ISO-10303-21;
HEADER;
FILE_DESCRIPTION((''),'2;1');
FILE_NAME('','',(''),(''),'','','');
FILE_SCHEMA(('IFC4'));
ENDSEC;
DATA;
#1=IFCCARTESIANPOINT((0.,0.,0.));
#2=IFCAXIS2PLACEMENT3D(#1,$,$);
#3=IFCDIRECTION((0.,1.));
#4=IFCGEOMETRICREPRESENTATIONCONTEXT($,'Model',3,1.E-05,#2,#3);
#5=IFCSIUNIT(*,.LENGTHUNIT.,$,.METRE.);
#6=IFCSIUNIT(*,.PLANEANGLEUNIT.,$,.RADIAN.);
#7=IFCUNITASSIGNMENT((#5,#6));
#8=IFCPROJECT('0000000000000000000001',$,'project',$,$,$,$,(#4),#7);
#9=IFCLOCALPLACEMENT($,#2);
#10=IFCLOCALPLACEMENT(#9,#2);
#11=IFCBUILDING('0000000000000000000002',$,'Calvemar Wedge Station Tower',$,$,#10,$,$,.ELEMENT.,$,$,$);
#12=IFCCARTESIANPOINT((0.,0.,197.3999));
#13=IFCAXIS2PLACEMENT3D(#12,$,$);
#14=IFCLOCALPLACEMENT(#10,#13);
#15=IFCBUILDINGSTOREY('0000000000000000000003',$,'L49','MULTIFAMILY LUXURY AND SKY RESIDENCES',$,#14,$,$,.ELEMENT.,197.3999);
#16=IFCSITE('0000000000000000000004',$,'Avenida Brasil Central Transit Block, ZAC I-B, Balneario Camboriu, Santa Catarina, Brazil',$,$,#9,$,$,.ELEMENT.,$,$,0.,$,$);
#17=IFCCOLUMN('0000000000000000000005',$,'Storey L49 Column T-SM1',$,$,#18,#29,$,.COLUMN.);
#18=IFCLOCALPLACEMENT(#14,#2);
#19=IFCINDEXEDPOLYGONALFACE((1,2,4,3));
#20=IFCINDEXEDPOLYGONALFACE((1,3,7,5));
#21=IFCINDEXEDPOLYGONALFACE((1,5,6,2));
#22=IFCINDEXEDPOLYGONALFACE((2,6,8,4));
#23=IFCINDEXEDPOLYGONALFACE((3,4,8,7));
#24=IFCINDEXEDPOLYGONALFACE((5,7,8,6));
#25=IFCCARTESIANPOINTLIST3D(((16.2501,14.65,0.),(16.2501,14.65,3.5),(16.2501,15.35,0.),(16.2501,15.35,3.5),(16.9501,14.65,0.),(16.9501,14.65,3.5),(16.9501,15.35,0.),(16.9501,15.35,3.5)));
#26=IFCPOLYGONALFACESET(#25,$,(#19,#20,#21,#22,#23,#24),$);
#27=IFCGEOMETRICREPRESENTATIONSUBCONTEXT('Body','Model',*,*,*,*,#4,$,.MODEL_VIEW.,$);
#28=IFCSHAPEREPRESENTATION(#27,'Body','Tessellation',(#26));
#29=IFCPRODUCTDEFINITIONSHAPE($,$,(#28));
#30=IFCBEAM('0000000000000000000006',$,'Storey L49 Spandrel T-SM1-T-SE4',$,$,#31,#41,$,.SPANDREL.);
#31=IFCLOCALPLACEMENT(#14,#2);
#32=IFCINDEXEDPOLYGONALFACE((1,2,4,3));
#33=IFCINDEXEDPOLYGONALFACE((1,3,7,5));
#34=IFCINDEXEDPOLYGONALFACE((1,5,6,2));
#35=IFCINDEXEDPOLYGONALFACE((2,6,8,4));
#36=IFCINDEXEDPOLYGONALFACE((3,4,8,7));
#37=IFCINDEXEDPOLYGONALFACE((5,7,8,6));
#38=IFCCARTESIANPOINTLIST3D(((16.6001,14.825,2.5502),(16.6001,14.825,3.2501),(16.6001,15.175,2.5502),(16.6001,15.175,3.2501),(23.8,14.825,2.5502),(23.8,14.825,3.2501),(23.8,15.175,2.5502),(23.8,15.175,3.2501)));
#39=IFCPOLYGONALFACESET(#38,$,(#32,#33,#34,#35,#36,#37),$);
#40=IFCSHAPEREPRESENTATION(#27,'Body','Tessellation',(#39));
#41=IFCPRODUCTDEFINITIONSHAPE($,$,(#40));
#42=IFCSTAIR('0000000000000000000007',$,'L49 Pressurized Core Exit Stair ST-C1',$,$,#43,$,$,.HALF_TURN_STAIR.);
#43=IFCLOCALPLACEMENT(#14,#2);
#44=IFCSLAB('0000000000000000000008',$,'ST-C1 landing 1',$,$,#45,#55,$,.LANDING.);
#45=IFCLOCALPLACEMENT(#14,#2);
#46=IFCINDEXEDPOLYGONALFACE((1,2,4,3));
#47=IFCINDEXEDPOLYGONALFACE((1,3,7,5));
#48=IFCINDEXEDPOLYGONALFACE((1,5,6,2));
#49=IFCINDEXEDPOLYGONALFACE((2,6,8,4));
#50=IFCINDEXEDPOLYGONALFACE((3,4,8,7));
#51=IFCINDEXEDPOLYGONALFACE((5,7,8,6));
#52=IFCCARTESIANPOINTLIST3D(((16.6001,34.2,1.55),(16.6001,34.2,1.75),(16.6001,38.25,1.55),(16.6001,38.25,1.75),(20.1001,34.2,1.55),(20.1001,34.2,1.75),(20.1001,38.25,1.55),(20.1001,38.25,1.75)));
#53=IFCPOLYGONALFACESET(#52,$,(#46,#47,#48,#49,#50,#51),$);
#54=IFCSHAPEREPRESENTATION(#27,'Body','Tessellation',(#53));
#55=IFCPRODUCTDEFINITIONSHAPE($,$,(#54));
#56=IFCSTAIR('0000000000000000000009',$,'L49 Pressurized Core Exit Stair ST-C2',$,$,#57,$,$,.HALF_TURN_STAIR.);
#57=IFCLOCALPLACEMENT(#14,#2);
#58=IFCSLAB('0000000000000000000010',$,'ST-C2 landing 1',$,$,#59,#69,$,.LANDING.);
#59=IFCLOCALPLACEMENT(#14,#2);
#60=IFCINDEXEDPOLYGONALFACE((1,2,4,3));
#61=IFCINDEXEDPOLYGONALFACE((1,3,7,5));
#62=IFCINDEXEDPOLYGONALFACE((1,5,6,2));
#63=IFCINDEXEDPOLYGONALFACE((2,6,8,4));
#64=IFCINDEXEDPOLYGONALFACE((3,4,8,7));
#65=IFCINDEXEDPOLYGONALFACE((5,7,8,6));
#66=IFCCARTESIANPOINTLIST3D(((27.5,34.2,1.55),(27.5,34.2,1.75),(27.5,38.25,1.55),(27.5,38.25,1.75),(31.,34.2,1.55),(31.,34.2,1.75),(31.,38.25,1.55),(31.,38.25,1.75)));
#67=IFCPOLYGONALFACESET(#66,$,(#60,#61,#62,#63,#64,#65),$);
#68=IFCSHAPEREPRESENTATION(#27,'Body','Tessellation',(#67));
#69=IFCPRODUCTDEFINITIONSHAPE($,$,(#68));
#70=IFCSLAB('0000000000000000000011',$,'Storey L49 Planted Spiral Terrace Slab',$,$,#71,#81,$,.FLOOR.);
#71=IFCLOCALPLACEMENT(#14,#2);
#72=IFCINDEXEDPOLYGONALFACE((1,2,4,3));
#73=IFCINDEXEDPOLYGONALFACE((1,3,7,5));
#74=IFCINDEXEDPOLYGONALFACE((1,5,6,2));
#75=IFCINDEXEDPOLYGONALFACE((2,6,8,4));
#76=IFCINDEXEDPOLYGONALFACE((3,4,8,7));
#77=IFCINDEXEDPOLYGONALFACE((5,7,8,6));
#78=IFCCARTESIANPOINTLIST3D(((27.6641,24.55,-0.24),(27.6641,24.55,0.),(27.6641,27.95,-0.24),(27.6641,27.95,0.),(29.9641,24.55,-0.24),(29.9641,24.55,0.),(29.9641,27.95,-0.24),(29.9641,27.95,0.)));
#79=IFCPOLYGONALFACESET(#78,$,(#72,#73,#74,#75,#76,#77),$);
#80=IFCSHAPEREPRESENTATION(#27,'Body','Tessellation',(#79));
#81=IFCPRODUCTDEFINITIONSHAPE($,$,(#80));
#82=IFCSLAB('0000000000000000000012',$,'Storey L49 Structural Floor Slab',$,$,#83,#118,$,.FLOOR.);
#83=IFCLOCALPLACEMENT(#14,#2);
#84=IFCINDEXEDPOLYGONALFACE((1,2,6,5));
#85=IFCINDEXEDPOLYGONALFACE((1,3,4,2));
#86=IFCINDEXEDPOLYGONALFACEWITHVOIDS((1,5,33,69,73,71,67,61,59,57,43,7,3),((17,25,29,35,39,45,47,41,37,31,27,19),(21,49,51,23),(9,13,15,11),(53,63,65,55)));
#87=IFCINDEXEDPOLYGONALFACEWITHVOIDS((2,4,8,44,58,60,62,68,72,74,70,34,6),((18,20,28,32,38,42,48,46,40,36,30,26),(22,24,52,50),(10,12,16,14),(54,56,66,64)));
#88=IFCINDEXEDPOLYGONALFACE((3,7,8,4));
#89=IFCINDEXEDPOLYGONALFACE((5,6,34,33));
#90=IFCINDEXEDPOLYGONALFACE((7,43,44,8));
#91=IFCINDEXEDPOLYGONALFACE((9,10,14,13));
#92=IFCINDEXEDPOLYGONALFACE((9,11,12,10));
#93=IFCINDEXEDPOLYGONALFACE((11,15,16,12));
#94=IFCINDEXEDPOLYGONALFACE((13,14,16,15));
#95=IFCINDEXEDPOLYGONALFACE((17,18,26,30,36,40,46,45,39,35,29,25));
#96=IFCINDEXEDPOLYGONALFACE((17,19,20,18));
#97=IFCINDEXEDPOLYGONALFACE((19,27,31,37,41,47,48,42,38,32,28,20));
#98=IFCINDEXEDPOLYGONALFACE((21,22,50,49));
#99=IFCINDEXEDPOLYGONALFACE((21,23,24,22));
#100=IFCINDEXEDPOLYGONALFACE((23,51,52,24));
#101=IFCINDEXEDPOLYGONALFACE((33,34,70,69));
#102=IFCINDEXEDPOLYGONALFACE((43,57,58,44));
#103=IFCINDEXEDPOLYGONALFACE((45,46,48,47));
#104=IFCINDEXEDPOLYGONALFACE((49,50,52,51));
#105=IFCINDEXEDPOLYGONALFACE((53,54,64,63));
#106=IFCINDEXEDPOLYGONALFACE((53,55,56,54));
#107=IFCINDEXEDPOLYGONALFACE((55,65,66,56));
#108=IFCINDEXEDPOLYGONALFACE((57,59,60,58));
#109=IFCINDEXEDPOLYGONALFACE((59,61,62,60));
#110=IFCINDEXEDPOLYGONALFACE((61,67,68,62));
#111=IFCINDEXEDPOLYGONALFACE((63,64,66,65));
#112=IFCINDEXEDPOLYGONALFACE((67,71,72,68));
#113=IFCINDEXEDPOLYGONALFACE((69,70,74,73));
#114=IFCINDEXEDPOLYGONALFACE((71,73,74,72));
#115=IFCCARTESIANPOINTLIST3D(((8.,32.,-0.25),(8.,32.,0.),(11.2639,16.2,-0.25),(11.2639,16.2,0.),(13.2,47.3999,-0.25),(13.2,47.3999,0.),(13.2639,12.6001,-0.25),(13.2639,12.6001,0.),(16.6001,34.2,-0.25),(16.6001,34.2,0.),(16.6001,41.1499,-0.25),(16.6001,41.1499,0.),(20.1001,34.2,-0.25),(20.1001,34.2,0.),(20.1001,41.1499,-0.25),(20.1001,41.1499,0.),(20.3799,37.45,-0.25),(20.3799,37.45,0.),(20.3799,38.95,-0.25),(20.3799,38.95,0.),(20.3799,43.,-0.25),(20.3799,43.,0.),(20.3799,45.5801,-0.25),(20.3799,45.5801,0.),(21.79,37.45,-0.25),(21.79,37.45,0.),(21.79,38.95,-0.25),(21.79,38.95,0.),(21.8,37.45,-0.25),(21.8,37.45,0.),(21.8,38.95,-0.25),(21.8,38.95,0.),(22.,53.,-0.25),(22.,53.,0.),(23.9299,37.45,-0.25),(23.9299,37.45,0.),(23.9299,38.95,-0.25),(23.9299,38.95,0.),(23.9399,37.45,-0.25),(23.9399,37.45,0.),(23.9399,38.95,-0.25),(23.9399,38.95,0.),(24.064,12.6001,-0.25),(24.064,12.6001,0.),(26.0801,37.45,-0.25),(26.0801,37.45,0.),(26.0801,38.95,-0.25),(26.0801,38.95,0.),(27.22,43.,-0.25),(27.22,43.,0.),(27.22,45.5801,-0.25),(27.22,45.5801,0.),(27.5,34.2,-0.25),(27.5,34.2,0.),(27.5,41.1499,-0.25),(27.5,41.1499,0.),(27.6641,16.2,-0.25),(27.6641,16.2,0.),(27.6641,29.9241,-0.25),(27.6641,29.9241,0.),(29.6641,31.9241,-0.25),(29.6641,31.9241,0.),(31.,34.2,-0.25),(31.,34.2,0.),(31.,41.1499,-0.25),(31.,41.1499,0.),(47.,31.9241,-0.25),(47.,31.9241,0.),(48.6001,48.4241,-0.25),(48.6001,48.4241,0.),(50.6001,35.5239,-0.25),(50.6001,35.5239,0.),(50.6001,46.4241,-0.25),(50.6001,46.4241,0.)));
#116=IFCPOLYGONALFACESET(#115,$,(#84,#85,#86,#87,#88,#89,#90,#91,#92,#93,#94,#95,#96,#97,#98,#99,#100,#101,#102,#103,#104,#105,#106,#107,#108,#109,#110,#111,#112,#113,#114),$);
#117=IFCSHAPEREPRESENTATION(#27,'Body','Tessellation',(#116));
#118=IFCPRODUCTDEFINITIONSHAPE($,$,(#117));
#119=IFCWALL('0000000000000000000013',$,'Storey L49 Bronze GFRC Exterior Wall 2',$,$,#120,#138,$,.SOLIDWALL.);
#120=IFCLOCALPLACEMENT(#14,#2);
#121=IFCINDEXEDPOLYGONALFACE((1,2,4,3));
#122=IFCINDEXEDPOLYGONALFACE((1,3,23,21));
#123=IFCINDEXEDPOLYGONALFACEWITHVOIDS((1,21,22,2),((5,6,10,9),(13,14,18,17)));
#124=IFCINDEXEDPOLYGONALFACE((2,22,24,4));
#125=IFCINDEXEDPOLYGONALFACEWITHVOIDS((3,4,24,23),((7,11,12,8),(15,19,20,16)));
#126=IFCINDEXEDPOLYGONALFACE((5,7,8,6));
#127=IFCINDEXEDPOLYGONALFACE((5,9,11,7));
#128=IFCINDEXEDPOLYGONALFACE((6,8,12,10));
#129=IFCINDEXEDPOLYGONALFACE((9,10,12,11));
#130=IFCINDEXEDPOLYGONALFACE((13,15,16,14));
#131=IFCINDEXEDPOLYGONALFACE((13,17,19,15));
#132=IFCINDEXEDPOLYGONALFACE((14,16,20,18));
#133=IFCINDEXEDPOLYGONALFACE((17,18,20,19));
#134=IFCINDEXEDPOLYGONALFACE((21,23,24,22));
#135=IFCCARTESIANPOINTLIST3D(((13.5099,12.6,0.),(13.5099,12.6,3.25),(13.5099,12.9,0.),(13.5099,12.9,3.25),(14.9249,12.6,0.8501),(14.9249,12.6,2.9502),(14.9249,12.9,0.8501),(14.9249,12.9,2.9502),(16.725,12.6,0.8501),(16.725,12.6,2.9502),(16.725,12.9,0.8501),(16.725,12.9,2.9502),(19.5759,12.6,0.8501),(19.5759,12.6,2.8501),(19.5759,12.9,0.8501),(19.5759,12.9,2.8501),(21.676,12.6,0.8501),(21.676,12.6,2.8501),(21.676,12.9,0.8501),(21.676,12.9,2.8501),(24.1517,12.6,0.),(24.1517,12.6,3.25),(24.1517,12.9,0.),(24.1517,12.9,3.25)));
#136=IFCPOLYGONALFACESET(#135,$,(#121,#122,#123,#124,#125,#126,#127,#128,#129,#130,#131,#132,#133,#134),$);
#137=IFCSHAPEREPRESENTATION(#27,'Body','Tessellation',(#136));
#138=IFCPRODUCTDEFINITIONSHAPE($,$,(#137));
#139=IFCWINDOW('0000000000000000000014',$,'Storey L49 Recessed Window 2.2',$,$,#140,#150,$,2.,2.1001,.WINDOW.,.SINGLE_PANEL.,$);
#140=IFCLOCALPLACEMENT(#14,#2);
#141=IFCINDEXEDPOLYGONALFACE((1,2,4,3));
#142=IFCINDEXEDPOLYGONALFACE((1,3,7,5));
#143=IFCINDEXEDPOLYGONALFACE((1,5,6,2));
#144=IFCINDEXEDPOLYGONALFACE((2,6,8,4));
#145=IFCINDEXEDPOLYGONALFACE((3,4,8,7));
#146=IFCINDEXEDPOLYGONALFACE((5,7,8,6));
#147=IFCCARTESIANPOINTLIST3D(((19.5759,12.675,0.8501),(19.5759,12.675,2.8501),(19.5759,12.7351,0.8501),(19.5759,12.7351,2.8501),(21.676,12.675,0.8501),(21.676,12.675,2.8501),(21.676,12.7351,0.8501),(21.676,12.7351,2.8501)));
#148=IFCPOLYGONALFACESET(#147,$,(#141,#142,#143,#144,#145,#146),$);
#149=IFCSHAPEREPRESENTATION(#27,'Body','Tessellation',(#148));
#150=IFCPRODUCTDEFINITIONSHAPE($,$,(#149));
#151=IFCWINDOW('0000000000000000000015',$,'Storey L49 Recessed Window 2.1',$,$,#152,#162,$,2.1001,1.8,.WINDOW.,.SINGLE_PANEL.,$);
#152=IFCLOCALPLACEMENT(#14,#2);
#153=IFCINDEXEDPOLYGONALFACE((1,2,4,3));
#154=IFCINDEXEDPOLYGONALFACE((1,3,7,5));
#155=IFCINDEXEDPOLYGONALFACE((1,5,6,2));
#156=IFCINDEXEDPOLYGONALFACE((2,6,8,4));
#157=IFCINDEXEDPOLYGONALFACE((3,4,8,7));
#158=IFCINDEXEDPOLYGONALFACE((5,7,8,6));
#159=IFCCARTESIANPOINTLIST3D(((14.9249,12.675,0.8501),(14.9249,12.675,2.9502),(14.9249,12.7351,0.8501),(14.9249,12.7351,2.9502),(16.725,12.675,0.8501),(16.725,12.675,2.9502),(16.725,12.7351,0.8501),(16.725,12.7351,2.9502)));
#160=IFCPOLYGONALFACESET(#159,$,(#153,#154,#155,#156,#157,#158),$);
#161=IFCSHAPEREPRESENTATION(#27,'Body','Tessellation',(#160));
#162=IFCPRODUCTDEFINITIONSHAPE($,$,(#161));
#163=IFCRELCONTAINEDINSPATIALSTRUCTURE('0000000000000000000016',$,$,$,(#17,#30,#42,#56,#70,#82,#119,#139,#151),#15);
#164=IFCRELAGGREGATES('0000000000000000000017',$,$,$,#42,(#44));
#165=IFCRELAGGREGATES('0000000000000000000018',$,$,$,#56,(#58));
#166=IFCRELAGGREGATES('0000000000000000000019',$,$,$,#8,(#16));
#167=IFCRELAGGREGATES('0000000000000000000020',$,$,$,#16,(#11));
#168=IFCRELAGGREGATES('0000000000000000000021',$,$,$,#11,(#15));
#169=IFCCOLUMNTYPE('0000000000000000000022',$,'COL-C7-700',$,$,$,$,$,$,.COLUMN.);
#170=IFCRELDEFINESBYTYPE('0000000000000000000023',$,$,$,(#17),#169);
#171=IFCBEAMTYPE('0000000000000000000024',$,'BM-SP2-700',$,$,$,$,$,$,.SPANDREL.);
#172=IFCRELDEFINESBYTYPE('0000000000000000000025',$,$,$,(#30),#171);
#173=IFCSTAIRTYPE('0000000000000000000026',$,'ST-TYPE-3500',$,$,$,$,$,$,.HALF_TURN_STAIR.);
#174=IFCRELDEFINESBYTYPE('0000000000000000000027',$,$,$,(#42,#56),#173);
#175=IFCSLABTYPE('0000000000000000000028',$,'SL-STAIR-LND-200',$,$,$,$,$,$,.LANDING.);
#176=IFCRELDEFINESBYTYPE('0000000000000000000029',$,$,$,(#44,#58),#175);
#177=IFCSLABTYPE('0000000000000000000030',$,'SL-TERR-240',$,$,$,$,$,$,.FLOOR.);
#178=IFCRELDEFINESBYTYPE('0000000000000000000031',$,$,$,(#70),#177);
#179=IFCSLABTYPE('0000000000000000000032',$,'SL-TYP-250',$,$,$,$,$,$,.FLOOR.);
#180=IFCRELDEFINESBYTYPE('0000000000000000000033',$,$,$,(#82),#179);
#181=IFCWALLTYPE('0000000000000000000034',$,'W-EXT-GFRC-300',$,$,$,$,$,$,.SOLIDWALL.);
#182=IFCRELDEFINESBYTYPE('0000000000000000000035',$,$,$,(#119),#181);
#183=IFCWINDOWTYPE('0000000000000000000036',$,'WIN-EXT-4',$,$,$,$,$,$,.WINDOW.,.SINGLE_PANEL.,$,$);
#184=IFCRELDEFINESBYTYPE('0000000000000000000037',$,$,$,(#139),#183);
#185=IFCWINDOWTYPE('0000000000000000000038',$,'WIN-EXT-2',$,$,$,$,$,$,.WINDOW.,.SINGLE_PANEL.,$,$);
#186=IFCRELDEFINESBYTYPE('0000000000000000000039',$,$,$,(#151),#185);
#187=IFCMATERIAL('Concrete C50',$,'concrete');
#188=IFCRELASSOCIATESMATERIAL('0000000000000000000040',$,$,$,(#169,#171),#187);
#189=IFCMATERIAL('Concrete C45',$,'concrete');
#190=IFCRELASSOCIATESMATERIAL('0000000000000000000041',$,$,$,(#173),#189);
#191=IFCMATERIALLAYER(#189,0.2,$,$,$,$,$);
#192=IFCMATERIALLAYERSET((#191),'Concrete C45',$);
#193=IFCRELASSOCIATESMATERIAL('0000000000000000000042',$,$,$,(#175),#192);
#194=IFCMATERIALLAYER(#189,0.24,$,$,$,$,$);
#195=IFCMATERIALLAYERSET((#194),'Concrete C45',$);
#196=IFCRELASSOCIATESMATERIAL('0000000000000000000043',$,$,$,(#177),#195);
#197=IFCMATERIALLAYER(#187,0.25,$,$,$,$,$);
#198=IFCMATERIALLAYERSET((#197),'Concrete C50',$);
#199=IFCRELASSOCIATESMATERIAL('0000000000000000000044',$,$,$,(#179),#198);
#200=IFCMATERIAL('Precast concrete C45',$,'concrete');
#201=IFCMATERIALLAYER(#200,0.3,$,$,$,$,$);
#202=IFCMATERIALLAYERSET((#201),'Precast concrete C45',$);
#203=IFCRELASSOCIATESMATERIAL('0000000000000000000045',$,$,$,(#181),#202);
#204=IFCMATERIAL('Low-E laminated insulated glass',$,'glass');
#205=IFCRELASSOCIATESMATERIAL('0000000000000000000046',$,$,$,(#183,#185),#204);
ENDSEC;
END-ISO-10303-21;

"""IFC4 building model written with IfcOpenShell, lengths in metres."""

from ifc_helpers import new_model, si_unit, direction, frame, frame_2d, origin, origin_2d, place, context, subcontext, project, spatial, polyline, rectangle, outline, extrude, source, transform, mapped, material, layer, layer_set, material_profile, profile_set, type_object, element, fill, aggregate, save


model = new_model("IFC4")

# Units and contexts
model_context = context("Model", 3, precision=1e-05, world=origin(), true_north=direction((0.0, 1.0)))
body_context = subcontext(model_context, "Body", "Model", "MODEL_VIEW")
ifc_project = project(units=[si_unit("LENGTHUNIT", "METRE"), si_unit("PLANEANGLEUNIT", "RADIAN")], contexts=[model_context])

# Site, building, storey
site_placement = place(None, origin())
site = spatial("IfcSite", under=ifc_project, at=site_placement, Name="Avenida Brasil Central Transit Block, ZAC I-B, Balneario Camboriu, Santa Catarina, Brazil", CompositionType="ELEMENT", RefElevation=0.0)
building_placement = place(site_placement, origin())
building = spatial("IfcBuilding", under=site, at=building_placement, Name="Calvemar Wedge Station Tower", CompositionType="ELEMENT")
storey_placement = place(building_placement, frame((0.0, 0.0, 197.3999)))
storey = spatial("IfcBuildingStorey", under=building, at=storey_placement, Name="L49", Description="MULTIFAMILY LUXURY AND SKY RESIDENCES", CompositionType="ELEMENT", Elevation=197.3999)

# Column
ifc_material_1 = material(Name="Concrete C50", Category="concrete")
ifc_material_profile_1 = material_profile(ifc_material_1, rectangle(XDim=0.7, YDim=0.7, at=origin_2d()), Name="RC700x700")
ifc_profile_set_1 = profile_set([ifc_material_profile_1], Name="Concrete C50")
column_type = type_object("IfcColumnType", Name="COL-C7-700", PredefinedType="COLUMN", material=ifc_profile_set_1)
shared_shape_1 = source(origin(), body_context, "Body", "SweptSolid", [
    extrude(rectangle(XDim=0.7, YDim=0.7, at=origin_2d()), origin(), (0.0, 0.0, 1.0), 3.5),
])
column_placement = place(storey_placement, frame((16.6001, 15.0, 0.0), z_axis=(0.0, 0.0, 1.0), x_axis=(1.0, 0.0, 0.0)))
element("IfcColumn", 1, at=column_placement, inside=storey, type_object=column_type, Name="Storey L49 Column T-SM1", PredefinedType="COLUMN", context=body_context, shape_type="MappedRepresentation", body=[
    mapped(shared_shape_1, transform((0.0, 0.0, 0.0), scale=1.0)),
])

# Beam
ifc_material_profile_2 = material_profile(ifc_material_1, rectangle(XDim=0.3501, YDim=0.7, at=origin_2d()), Name="RC350x700")
ifc_profile_set_2 = profile_set([ifc_material_profile_2], Name="Concrete C50")
beam_type = type_object("IfcBeamType", Name="BM-SP2-700", PredefinedType="SPANDREL", material=ifc_profile_set_2)
shared_shape_2 = source(origin(), body_context, "Body", "SweptSolid", [
    extrude(rectangle(XDim=0.3501, YDim=0.7, at=origin_2d()), origin(), (0.0, 0.0, 1.0), 7.2),
])
beam_placement = place(storey_placement, frame((16.6001, 15.0, 2.9001), z_axis=(1.0, 0.0, 0.0), x_axis=(0.0, 1.0, 0.0)))
element("IfcBeam", 2, at=beam_placement, inside=storey, type_object=beam_type, Name="Storey L49 Spandrel T-SM1-T-SE4", PredefinedType="SPANDREL", context=body_context, shape_type="MappedRepresentation", body=[
    mapped(shared_shape_2, transform((0.0, 0.0, 0.0), scale=1.0)),
])

# Stairs, slabs
ifc_material_2 = material(Name="Concrete C45", Category="concrete")
stair_type = type_object("IfcStairType", Name="ST-TYPE-3500", PredefinedType="HALF_TURN_STAIR", material=ifc_material_2)
stair_1_placement = place(storey_placement, origin())
stair_1 = element("IfcStair", 3, at=stair_1_placement, inside=storey, type_object=stair_type, Name="L49 Pressurized Core Exit Stair ST-C1", PredefinedType="HALF_TURN_STAIR")
ifc_layer_1 = layer(ifc_material_2, 0.2)
ifc_layer_set_1 = layer_set([ifc_layer_1], Name="Concrete C45")
slab_type_1 = type_object("IfcSlabType", Name="SL-STAIR-LND-200", PredefinedType="LANDING", material=ifc_layer_set_1)
slab_1_placement = place(storey_placement, frame((0.0, 0.0, 1.55)))
slab_1 = element("IfcSlab", 4, at=slab_1_placement, type_object=slab_type_1, Name="ST-C1 landing 1", PredefinedType="LANDING", context=body_context, shape_type="SweptSolid", body=[
    extrude(outline(polyline([(16.6001, 38.25), (16.6001, 34.2), (20.1001, 34.2), (20.1001, 38.25), (16.6001, 38.25)])), origin(), (0.0, 0.0, 1.0), 0.2),
])
aggregate(stair_1, [slab_1])
stair_2_placement = place(storey_placement, origin())
stair_2 = element("IfcStair", 5, at=stair_2_placement, inside=storey, type_object=stair_type, Name="L49 Pressurized Core Exit Stair ST-C2", PredefinedType="HALF_TURN_STAIR")
slab_2_placement = place(storey_placement, frame((0.0, 0.0, 1.55)))
slab_2 = element("IfcSlab", 6, at=slab_2_placement, type_object=slab_type_1, Name="ST-C2 landing 1", PredefinedType="LANDING", context=body_context, shape_type="SweptSolid", body=[
    extrude(outline(polyline([(27.5, 38.25), (27.5, 34.2), (31.0, 34.2), (31.0, 38.25), (27.5, 38.25)])), origin(), (0.0, 0.0, 1.0), 0.2),
])
aggregate(stair_2, [slab_2])

# Slabs
ifc_layer_2 = layer(ifc_material_2, 0.24)
ifc_layer_set_2 = layer_set([ifc_layer_2], Name="Concrete C45")
slab_type_2 = type_object("IfcSlabType", Name="SL-TERR-240", PredefinedType="FLOOR", material=ifc_layer_set_2)
slab_3_placement = place(storey_placement, frame((0.0, 0.0, -0.24)))
element("IfcSlab", 7, at=slab_3_placement, inside=storey, type_object=slab_type_2, Name="Storey L49 Planted Spiral Terrace Slab", PredefinedType="FLOOR", context=body_context, shape_type="SweptSolid", body=[
    extrude(outline(polyline([(27.6641, 24.55), (29.9641, 24.55), (29.9641, 27.95), (27.6641, 27.95), (27.6641, 24.55)])), origin(), (0.0, 0.0, 1.0), 0.24),
])
ifc_layer_3 = layer(ifc_material_1, 0.25)
ifc_layer_set_3 = layer_set([ifc_layer_3], Name="Concrete C50")
slab_type_3 = type_object("IfcSlabType", Name="SL-TYP-250", PredefinedType="FLOOR", material=ifc_layer_set_3)
slab_4_placement = place(storey_placement, frame((0.0, 0.0, -0.25)))
element("IfcSlab", 8, at=slab_4_placement, inside=storey, type_object=slab_type_3, Name="Storey L49 Structural Floor Slab", PredefinedType="FLOOR", context=body_context, shape_type="SweptSolid", body=[
    extrude(outline(polyline([(8.0, 32.0), (11.2639, 16.2), (13.2639, 12.6001), (24.064, 12.6001), (27.6641, 16.2), (27.6641, 29.9241), (29.6641, 31.9241), (47.0, 31.9241), (50.6001, 35.5239), (50.6001, 46.4241), (48.6001, 48.4241), (22.0, 53.0), (13.2, 47.3999), (8.0, 32.0)]), holes=[polyline([(20.1001, 34.2), (20.1001, 41.1499), (16.6001, 41.1499), (16.6001, 34.2), (20.1001, 34.2)]), polyline([(27.5, 34.2), (31.0, 34.2), (31.0, 41.1499), (27.5, 41.1499), (27.5, 34.2)]), polyline([(21.8, 37.45), (23.9299, 37.45), (23.9399, 37.45), (26.0801, 37.45), (26.0801, 38.95), (23.9399, 38.95), (23.9299, 38.95), (21.8, 38.95), (21.79, 38.95), (20.3799, 38.95), (20.3799, 37.45), (21.79, 37.45), (21.8, 37.45)]), polyline([(27.22, 43.0), (27.22, 45.5801), (20.3799, 45.5801), (20.3799, 43.0), (27.22, 43.0)])]), origin(), (0.0, 0.0, 1.0), 0.25),
])

# Wall, openings, windows
ifc_material_3 = material(Name="Precast concrete C45", Category="concrete")
ifc_layer_4 = layer(ifc_material_3, 0.3)
ifc_layer_set_4 = layer_set([ifc_layer_4], Name="Precast concrete C45")
wall_type_1 = type_object("IfcWallType", Name="W-EXT-GFRC-300", PredefinedType="SOLIDWALL", material=ifc_layer_set_4)
wall_1_placement = place(storey_placement, frame((13.51, 12.75, 0.0), z_axis=(0.0, 0.0, 1.0), x_axis=(1.0, 0.0, 0.0)))
wall_1 = element("IfcWall", 9, at=wall_1_placement, inside=storey, type_object=wall_type_1, Name="Storey L49 Bronze GFRC Exterior Wall 2", PredefinedType="SOLIDWALL", context=body_context, shape_type="SweptSolid", body=[
    extrude(rectangle(XDim=10.6418, YDim=0.3, at=frame_2d((5.3208, 0.0))), origin(), (0.0, 0.0, 1.0), 3.25),
])
shared_shape_3 = source(origin(), body_context, "Body", "SweptSolid", [
    extrude(rectangle(XDim=1.8, YDim=2.1001, at=frame_2d((0.8999, 1.05))), frame((0.0, 0.1602, 0.0), z_axis=(0.0, -1.0, 0.0), x_axis=(1.0, 0.0, 0.0)), (0.0, 0.0, 1.0), 0.3201),
])
opening_1_placement = place(wall_1_placement, frame((1.415, 0.0, 0.8501)))
opening_1 = element("IfcOpeningElement", 10, at=opening_1_placement, cuts=wall_1, PredefinedType="OPENING", context=body_context, shape_type="MappedRepresentation", body=[
    mapped(shared_shape_3, transform((0.0, 0.0, 0.0), scale=1.0)),
])
shared_shape_4 = source(origin(), body_context, "Body", "SweptSolid", [
    extrude(rectangle(XDim=2.1001, YDim=2.0, at=frame_2d((1.05, 1.0))), frame((0.0, 0.1602, 0.0), z_axis=(0.0, -1.0, 0.0), x_axis=(1.0, 0.0, 0.0)), (0.0, 0.0, 1.0), 0.3201),
])
opening_2_placement = place(wall_1_placement, frame((6.0659, 0.0, 0.8501)))
opening_2 = element("IfcOpeningElement", 11, at=opening_2_placement, cuts=wall_1, PredefinedType="OPENING", context=body_context, shape_type="MappedRepresentation", body=[
    mapped(shared_shape_4, transform((0.0, 0.0, 0.0), scale=1.0)),
])
ifc_material_4 = material(Name="Low-E laminated insulated glass", Category="glass")
window_type_1 = type_object("IfcWindowType", Name="WIN-EXT-4", PartitioningType="SINGLE_PANEL", PredefinedType="WINDOW", material=ifc_material_4)
shared_shape_5 = source(origin(), body_context, "Body", "SweptSolid", [
    extrude(rectangle(XDim=2.1001, YDim=2.0, at=frame_2d((1.05, 1.0))), frame((0.0, -0.0149, 0.0), z_axis=(0.0, -1.0, 0.0), x_axis=(1.0, 0.0, 0.0)), (0.0, 0.0, 1.0), 0.0601),
])
window_1_placement = place(opening_2_placement, origin())
window_1 = element("IfcWindow", 12, at=window_1_placement, inside=storey, type_object=window_type_1, Name="Storey L49 Recessed Window 2.2", OverallHeight=2.0, OverallWidth=2.1001, PartitioningType="SINGLE_PANEL", PredefinedType="WINDOW", context=body_context, shape_type="MappedRepresentation", body=[
    mapped(shared_shape_5, transform((0.0, 0.0, 0.0), scale=1.0)),
])
fill(opening_2, window_1)
window_type_2 = type_object("IfcWindowType", Name="WIN-EXT-2", PartitioningType="SINGLE_PANEL", PredefinedType="WINDOW", material=ifc_material_4)
shared_shape_6 = source(origin(), body_context, "Body", "SweptSolid", [
    extrude(rectangle(XDim=1.8, YDim=2.1001, at=frame_2d((0.8999, 1.05))), frame((0.0, -0.0149, 0.0), z_axis=(0.0, -1.0, 0.0), x_axis=(1.0, 0.0, 0.0)), (0.0, 0.0, 1.0), 0.0601),
])
window_2_placement = place(opening_1_placement, origin())
window_2 = element("IfcWindow", 13, at=window_2_placement, inside=storey, type_object=window_type_2, Name="Storey L49 Recessed Window 2.1", OverallHeight=2.1001, OverallWidth=1.8, PartitioningType="SINGLE_PANEL", PredefinedType="WINDOW", context=body_context, shape_type="MappedRepresentation", body=[
    mapped(shared_shape_6, transform((0.0, 0.0, 0.0), scale=1.0)),
])
fill(opening_1, window_2)

save(model, "model.ifc")
